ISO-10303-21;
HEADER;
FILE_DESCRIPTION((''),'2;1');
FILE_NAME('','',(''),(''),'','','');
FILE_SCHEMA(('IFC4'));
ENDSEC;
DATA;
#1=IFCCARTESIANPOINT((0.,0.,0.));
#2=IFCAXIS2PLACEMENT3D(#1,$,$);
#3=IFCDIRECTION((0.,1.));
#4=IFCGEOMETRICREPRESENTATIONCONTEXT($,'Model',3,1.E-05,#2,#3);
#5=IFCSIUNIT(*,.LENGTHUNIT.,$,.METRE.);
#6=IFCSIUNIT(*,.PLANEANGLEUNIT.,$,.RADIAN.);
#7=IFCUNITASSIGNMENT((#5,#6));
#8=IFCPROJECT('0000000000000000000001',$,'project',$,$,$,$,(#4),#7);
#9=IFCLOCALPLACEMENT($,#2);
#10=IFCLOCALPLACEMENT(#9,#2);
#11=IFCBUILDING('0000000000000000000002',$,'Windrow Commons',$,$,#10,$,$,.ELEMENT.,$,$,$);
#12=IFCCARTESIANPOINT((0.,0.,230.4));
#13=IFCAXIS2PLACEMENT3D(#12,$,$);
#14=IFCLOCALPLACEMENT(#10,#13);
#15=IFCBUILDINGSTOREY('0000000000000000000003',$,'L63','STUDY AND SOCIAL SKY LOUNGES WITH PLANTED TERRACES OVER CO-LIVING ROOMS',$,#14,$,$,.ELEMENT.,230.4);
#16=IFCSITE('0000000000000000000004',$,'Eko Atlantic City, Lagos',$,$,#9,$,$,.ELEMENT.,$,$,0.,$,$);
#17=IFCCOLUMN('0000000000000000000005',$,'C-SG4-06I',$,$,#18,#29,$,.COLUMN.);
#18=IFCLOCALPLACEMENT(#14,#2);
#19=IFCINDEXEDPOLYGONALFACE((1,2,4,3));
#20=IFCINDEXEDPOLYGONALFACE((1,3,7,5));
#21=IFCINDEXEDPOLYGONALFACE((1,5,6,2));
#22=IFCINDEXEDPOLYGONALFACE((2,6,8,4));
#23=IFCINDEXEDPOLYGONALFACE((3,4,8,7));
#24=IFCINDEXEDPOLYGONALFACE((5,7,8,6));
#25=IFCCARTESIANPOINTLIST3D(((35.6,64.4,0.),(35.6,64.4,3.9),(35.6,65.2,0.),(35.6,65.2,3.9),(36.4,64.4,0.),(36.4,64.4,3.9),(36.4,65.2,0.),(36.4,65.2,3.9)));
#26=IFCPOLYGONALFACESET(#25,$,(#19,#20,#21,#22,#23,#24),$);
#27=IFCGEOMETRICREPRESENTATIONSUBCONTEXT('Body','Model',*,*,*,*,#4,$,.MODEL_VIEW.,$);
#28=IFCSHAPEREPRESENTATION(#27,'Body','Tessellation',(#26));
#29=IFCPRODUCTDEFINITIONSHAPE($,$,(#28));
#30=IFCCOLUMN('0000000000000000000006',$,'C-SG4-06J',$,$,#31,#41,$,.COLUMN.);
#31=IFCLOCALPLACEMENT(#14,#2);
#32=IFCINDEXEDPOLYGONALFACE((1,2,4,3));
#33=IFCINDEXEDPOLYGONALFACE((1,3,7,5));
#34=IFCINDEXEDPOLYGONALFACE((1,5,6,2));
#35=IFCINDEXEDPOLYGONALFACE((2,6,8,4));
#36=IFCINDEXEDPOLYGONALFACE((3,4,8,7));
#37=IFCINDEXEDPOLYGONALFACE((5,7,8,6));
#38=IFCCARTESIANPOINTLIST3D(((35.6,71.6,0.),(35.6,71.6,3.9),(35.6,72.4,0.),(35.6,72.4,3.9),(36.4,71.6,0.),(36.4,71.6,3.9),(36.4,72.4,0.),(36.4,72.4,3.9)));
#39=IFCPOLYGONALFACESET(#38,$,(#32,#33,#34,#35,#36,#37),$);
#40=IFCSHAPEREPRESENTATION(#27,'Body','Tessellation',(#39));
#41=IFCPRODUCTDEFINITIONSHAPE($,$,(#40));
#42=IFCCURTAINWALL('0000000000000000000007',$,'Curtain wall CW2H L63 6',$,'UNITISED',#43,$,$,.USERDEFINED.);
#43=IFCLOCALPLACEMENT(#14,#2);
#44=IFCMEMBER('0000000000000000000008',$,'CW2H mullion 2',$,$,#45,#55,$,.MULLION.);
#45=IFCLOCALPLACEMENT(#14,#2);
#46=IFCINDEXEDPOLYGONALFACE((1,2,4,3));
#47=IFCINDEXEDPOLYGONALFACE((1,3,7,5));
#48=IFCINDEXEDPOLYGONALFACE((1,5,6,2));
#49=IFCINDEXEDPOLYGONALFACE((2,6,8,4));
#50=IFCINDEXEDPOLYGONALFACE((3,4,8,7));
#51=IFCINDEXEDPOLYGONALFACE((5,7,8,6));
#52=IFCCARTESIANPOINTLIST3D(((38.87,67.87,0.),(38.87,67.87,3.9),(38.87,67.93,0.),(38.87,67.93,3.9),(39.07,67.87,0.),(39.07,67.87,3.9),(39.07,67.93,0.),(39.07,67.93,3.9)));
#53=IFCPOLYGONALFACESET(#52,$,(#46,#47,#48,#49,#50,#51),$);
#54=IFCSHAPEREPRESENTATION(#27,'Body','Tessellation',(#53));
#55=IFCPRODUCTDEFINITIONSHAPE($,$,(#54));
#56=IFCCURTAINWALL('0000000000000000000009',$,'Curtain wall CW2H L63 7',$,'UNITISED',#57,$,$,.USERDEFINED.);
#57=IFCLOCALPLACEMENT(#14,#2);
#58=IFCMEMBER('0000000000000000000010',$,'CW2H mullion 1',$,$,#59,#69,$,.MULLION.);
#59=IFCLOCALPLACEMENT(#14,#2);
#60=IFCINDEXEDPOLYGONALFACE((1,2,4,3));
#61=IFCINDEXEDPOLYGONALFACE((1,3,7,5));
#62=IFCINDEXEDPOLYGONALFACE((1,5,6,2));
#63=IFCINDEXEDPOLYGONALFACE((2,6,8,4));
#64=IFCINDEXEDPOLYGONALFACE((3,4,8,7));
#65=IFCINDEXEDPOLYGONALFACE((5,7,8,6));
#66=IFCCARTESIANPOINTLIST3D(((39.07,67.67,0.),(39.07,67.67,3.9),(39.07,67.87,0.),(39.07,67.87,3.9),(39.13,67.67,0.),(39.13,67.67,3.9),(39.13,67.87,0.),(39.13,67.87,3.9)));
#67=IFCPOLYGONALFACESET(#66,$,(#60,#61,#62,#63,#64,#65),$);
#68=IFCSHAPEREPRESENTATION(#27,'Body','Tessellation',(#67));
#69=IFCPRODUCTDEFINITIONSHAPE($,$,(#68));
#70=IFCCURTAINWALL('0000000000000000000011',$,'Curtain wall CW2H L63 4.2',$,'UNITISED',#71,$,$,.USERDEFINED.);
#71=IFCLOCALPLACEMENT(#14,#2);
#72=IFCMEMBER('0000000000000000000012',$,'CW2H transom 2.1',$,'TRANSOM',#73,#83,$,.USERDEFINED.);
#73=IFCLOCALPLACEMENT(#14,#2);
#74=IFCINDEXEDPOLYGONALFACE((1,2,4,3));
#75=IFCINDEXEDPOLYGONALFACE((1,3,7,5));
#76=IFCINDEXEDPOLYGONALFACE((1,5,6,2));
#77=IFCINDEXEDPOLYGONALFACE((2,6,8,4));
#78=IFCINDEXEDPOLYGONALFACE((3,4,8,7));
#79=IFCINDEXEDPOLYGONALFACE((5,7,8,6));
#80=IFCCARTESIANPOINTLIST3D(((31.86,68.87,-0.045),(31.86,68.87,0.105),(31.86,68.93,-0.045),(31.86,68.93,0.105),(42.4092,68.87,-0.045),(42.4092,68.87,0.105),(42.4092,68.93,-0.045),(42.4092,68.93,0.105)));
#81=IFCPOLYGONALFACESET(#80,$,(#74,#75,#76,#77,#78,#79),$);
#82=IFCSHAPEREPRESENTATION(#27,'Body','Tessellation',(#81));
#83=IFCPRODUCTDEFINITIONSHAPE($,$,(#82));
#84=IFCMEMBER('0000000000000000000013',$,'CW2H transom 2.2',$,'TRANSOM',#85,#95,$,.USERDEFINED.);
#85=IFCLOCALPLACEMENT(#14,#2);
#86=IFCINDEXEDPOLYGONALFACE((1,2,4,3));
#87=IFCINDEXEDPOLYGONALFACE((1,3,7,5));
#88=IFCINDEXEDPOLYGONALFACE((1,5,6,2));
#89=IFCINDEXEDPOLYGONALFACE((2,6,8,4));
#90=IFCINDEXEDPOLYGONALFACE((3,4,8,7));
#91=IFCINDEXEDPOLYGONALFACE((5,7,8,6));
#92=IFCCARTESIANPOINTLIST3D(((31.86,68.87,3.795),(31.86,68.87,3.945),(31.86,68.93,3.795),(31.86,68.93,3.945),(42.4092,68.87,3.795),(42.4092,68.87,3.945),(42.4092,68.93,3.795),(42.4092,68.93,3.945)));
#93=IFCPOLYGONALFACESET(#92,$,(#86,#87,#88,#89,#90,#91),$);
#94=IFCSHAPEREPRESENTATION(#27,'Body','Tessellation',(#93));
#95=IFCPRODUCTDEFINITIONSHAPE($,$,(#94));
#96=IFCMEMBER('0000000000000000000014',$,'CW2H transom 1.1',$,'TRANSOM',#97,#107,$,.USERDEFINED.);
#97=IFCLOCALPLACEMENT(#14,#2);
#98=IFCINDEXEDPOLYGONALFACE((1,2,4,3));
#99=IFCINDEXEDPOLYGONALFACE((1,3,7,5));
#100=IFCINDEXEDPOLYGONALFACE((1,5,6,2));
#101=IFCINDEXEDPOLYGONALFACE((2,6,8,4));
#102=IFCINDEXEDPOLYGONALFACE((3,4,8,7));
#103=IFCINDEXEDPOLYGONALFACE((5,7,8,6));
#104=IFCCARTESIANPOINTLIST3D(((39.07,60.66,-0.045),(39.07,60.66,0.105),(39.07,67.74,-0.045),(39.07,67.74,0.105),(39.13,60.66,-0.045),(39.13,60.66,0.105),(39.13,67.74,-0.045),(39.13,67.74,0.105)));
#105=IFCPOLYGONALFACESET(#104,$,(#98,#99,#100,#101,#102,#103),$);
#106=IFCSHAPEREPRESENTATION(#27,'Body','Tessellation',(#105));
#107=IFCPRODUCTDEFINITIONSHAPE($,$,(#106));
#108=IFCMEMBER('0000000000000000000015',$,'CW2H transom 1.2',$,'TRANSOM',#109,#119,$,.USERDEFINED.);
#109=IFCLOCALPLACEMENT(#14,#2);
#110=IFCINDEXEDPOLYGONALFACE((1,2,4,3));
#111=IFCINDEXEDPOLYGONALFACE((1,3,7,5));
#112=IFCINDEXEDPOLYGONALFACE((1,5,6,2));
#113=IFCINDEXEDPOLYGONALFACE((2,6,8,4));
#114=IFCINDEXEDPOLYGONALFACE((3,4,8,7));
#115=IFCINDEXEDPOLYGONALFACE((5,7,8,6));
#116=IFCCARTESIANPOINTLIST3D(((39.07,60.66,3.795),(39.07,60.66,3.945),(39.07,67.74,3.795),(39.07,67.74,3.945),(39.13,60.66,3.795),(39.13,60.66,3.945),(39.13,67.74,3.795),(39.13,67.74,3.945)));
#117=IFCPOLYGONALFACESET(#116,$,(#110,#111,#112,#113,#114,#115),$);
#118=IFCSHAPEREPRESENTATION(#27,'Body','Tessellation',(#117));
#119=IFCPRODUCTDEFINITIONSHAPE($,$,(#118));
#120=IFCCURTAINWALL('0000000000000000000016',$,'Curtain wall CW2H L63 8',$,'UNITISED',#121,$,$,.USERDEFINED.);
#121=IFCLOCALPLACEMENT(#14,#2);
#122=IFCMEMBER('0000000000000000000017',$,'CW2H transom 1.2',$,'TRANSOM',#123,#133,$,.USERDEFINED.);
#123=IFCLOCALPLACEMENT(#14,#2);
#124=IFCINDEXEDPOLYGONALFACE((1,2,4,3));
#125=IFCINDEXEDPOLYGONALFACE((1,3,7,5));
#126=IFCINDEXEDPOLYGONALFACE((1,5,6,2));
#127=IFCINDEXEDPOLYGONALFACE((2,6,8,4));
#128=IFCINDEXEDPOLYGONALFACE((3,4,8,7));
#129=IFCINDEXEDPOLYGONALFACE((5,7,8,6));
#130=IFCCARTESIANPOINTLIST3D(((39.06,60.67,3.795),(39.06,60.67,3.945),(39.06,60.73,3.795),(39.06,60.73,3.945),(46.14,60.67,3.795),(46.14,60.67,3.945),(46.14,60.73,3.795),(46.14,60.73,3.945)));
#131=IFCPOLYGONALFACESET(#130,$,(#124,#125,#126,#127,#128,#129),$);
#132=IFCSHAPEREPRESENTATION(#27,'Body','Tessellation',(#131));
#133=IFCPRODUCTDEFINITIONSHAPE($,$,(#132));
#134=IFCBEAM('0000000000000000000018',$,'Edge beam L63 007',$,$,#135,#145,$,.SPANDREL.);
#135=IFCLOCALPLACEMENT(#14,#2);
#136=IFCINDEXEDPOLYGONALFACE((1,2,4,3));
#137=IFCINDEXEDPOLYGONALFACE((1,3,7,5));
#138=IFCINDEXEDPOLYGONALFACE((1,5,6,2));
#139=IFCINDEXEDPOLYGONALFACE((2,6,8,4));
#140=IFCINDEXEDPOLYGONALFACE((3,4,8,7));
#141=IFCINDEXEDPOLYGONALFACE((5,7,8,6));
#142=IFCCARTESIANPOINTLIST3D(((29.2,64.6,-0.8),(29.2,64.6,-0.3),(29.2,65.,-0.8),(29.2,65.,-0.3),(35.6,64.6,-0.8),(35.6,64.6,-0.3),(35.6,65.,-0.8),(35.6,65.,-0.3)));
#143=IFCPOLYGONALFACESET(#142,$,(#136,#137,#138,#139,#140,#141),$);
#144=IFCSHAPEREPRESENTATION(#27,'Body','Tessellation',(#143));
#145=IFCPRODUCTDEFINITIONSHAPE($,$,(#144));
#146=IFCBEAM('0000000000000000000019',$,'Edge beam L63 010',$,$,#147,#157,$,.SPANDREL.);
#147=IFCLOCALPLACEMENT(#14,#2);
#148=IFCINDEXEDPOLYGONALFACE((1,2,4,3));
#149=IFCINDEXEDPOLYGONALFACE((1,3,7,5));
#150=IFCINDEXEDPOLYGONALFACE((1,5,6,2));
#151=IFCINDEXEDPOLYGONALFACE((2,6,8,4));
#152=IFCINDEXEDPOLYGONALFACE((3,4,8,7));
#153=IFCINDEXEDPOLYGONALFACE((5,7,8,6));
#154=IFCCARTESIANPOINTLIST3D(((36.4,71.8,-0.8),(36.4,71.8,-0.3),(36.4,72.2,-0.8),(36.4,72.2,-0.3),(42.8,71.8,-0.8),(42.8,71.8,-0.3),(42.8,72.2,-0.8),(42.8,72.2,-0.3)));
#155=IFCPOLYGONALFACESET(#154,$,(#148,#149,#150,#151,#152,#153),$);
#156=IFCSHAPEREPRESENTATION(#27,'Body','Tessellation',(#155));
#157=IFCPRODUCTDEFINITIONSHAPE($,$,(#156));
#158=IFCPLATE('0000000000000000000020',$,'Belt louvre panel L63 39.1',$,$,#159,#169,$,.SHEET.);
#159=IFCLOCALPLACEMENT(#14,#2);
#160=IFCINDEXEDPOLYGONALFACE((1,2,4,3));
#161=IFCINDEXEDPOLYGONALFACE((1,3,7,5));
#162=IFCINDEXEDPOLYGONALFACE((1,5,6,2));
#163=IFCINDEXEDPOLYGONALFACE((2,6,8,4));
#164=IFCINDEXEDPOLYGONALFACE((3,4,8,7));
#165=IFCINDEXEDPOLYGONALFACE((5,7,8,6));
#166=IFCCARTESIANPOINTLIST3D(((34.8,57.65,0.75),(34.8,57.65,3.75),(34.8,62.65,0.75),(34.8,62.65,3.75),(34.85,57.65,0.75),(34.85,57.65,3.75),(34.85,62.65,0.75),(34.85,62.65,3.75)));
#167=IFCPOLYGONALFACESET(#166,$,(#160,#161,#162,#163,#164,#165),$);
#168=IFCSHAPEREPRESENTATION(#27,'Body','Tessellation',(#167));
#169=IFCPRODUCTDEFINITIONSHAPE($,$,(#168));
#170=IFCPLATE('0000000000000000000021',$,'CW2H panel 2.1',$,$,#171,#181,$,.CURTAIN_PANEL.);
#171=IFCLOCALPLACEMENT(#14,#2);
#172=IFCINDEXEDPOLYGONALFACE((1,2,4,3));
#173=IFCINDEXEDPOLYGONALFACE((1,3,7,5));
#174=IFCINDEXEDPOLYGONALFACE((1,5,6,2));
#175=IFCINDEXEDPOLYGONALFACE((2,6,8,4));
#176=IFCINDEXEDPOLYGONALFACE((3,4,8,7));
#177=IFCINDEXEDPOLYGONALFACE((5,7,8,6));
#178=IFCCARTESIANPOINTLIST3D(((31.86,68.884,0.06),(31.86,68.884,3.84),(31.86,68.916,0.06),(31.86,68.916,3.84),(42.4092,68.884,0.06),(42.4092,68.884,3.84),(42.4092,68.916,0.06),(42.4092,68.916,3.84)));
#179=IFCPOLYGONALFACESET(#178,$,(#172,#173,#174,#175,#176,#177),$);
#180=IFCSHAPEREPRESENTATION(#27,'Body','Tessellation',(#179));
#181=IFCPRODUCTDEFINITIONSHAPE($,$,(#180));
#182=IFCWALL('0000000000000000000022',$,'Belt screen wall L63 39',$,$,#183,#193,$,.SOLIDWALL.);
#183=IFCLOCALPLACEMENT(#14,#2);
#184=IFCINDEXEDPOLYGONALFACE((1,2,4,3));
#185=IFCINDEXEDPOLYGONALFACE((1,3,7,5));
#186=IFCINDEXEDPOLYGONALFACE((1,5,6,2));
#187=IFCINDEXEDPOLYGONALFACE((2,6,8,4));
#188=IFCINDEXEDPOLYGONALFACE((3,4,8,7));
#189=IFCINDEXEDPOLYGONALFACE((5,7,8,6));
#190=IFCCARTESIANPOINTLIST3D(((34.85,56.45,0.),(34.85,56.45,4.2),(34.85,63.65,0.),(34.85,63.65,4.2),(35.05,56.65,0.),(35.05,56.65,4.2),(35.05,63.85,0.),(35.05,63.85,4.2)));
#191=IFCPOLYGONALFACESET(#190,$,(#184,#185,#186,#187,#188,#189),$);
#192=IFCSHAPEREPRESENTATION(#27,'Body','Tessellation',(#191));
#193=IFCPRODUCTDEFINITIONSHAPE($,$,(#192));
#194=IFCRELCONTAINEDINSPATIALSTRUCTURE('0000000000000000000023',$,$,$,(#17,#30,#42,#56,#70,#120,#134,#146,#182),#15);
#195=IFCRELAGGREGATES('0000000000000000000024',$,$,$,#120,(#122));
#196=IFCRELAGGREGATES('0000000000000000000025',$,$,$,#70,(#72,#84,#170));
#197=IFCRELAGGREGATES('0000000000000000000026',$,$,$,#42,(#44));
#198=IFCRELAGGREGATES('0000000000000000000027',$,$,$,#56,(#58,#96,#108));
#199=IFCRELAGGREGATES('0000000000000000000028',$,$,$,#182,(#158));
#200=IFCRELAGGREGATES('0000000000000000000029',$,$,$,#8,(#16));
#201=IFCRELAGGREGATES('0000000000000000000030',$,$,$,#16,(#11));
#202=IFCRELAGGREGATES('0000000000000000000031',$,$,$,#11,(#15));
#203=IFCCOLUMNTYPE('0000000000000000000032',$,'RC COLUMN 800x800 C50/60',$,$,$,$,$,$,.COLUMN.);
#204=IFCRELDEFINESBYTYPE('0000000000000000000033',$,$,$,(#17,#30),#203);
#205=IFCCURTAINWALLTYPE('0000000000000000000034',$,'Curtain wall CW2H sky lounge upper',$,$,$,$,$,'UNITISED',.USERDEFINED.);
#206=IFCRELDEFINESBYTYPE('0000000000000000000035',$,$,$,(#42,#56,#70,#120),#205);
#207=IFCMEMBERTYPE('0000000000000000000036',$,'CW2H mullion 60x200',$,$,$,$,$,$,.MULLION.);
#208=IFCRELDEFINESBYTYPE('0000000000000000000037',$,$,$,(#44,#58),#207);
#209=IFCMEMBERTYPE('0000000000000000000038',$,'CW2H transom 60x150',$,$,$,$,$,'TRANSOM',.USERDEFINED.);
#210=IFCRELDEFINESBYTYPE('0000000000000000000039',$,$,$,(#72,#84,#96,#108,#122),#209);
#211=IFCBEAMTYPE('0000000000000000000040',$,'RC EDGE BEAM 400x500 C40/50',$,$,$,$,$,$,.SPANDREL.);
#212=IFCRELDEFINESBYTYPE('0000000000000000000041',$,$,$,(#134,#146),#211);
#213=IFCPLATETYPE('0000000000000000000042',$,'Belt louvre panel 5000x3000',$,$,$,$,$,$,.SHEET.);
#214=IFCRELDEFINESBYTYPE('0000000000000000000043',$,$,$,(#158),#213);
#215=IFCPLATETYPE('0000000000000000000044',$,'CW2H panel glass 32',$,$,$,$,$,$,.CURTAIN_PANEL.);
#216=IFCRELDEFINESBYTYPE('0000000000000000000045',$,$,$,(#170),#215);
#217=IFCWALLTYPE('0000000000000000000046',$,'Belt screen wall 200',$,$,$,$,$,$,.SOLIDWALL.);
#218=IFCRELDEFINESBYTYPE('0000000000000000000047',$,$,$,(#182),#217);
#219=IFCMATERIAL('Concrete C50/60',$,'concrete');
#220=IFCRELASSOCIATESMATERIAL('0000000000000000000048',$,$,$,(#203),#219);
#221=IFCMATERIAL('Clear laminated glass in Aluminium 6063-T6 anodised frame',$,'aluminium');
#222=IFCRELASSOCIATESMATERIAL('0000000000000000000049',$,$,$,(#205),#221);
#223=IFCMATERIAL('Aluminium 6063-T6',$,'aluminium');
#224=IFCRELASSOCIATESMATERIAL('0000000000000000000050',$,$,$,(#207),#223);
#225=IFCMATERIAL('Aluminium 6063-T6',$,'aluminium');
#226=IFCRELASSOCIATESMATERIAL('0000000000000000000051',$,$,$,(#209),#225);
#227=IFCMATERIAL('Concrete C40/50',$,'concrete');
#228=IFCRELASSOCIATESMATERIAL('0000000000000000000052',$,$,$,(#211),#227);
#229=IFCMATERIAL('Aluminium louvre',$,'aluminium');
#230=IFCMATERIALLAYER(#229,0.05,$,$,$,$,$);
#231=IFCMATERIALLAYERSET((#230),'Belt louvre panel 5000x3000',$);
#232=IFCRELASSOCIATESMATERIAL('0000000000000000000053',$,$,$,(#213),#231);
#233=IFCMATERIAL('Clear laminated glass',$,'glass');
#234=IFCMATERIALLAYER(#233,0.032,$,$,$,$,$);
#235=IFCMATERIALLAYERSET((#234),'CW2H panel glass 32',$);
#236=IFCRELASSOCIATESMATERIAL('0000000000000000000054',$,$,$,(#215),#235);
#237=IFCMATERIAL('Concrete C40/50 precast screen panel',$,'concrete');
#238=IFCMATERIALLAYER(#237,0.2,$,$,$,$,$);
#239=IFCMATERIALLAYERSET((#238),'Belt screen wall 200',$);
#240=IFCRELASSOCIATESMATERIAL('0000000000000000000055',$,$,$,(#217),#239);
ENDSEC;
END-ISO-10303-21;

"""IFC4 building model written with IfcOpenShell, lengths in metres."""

from ifc_helpers import new_model, si_unit, direction, frame, origin, origin_2d, place, context, subcontext, project, spatial, polyline, rectangle, outline, extrude, material, layer, layer_set, material_profile, profile_set, type_object, element, aggregate, save


model = new_model("IFC4")

# Units and contexts
model_context = context("Model", 3, precision=1e-05, world=origin(), true_north=direction((0.0, 1.0)))
body_context = subcontext(model_context, "Body", "Model", "MODEL_VIEW")
ifc_project = project(units=[si_unit("LENGTHUNIT", "METRE"), si_unit("PLANEANGLEUNIT", "RADIAN")], contexts=[model_context])

# Site, building, storey
site_placement = place(None, origin())
site = spatial("IfcSite", under=ifc_project, at=site_placement, Name="Eko Atlantic City, Lagos", CompositionType="ELEMENT", RefElevation=0.0)
building_placement = place(site_placement, origin())
building = spatial("IfcBuilding", under=site, at=building_placement, Name="Windrow Commons", CompositionType="ELEMENT")
storey_placement = place(building_placement, frame((0.0, 0.0, 230.4)))
storey = spatial("IfcBuildingStorey", under=building, at=storey_placement, Name="L63", Description="STUDY AND SOCIAL SKY LOUNGES WITH PLANTED TERRACES OVER CO-LIVING ROOMS", CompositionType="ELEMENT", Elevation=230.4)

# Columns
ifc_material_1 = material(Name="Concrete C50/60", Category="concrete")
ifc_material_profile_1 = material_profile(ifc_material_1, rectangle(XDim=0.8, YDim=0.8, at=origin_2d()))
ifc_profile_set_1 = profile_set([ifc_material_profile_1], Name="Concrete C50/60")
column_type = type_object("IfcColumnType", Name="RC COLUMN 800x800 C50/60", PredefinedType="COLUMN", material=ifc_profile_set_1)
for number, where, z_axis, x_axis, name in (
    (1, (36.0, 64.8, 0.0), (0.0, 0.0, 1.0), (1.0, 0.0, 0.0), "C-SG4-06I"),
    (2, (36.0, 72.0, 0.0), (0.0, 0.0, 1.0), (1.0, 0.0, 0.0), "C-SG4-06J"),
):
    element("IfcColumn", number, at=place(storey_placement, frame(where, z_axis=z_axis, x_axis=x_axis)), inside=storey, type_object=column_type, Name=name, PredefinedType="COLUMN", context=body_context, shape_type="SweptSolid", body=[
        extrude(rectangle(XDim=0.8, YDim=0.8, at=origin_2d()), origin(), (0.0, 0.0, 1.0), 3.9),
    ])

# Curtain walls, members
ifc_material_2 = material(Name="Clear laminated glass in Aluminium 6063-T6 anodised frame", Category="aluminium")
curtain_wall_type = type_object("IfcCurtainWallType", Name="Curtain wall CW2H sky lounge upper", ElementType="UNITISED", PredefinedType="USERDEFINED", material=ifc_material_2)
placement = place(storey_placement, origin())
curtain_wall_1 = element("IfcCurtainWall", 3, at=placement, inside=storey, type_object=curtain_wall_type, Name="Curtain wall CW2H L63 6", ObjectType="UNITISED", PredefinedType="USERDEFINED")
ifc_material_3 = material(Name="Aluminium 6063-T6", Category="aluminium")
ifc_material_profile_2 = material_profile(ifc_material_3, rectangle(XDim=0.06, YDim=0.2, at=origin_2d()))
ifc_profile_set_2 = profile_set([ifc_material_profile_2], Name="Aluminium 6063-T6")
member_type_1 = type_object("IfcMemberType", Name="CW2H mullion 60x200", PredefinedType="MULLION", material=ifc_profile_set_2)
member_1_placement = place(storey_placement, frame((38.97, 67.9, 0.0), z_axis=(0.0, 0.0, 1.0), x_axis=(0.0, 1.0, 0.0)))
member_1 = element("IfcMember", 4, at=member_1_placement, type_object=member_type_1, Name="CW2H mullion 2", PredefinedType="MULLION", context=body_context, shape_type="SweptSolid", body=[
    extrude(rectangle(XDim=0.06, YDim=0.2, at=origin_2d()), origin(), (0.0, 0.0, 1.0), 3.9),
])
curtain_wall_2 = element("IfcCurtainWall", 5, at=placement, inside=storey, type_object=curtain_wall_type, Name="Curtain wall CW2H L63 7", ObjectType="UNITISED", PredefinedType="USERDEFINED")
member_2_placement = place(storey_placement, frame((39.1, 67.77, 0.0), z_axis=(0.0, 0.0, 1.0), x_axis=(1.0, 0.0, 0.0)))
member_2 = element("IfcMember", 6, at=member_2_placement, type_object=member_type_1, Name="CW2H mullion 1", PredefinedType="MULLION", context=body_context, shape_type="SweptSolid", body=[
    extrude(rectangle(XDim=0.06, YDim=0.2, at=origin_2d()), origin(), (0.0, 0.0, 1.0), 3.9),
])

# Curtain wall, members
curtain_wall_3 = element("IfcCurtainWall", 7, at=placement, inside=storey, type_object=curtain_wall_type, Name="Curtain wall CW2H L63 4.2", ObjectType="UNITISED", PredefinedType="USERDEFINED")
ifc_material_4 = material(Name="Aluminium 6063-T6", Category="aluminium")
ifc_material_profile_3 = material_profile(ifc_material_4, rectangle(XDim=0.06, YDim=0.15, at=origin_2d()))
ifc_profile_set_3 = profile_set([ifc_material_profile_3], Name="Aluminium 6063-T6")
member_type_2 = type_object("IfcMemberType", Name="CW2H transom 60x150", ElementType="TRANSOM", PredefinedType="USERDEFINED", material=ifc_profile_set_3)
member_3_placement = place(storey_placement, frame((42.4092, 68.9, 0.03), z_axis=(-1.0, 0.0, 0.0), x_axis=(0.0, -1.0, 0.0)))
member_3 = element("IfcMember", 8, at=member_3_placement, type_object=member_type_2, Name="CW2H transom 2.1", ObjectType="TRANSOM", PredefinedType="USERDEFINED", context=body_context, shape_type="SweptSolid", body=[
    extrude(rectangle(XDim=0.06, YDim=0.15, at=origin_2d()), origin(), (0.0, 0.0, 1.0), 10.5492),
])
member_4_placement = place(storey_placement, frame((42.4092, 68.9, 3.87), z_axis=(-1.0, 0.0, 0.0), x_axis=(0.0, -1.0, 0.0)))
member_4 = element("IfcMember", 9, at=member_4_placement, type_object=member_type_2, Name="CW2H transom 2.2", ObjectType="TRANSOM", PredefinedType="USERDEFINED", context=body_context, shape_type="SweptSolid", body=[
    extrude(rectangle(XDim=0.06, YDim=0.15, at=origin_2d()), origin(), (0.0, 0.0, 1.0), 10.5492),
])

# Members
member_5_placement = place(storey_placement, frame((39.1, 67.74, 0.03), z_axis=(0.0, -1.0, 0.0), x_axis=(1.0, 0.0, 0.0)))
member_5 = element("IfcMember", 10, at=member_5_placement, type_object=member_type_2, Name="CW2H transom 1.1", ObjectType="TRANSOM", PredefinedType="USERDEFINED", context=body_context, shape_type="SweptSolid", body=[
    extrude(rectangle(XDim=0.06, YDim=0.15, at=origin_2d()), origin(), (0.0, 0.0, 1.0), 7.08),
])
member_6_placement = place(storey_placement, frame((39.1, 67.74, 3.87), z_axis=(0.0, -1.0, 0.0), x_axis=(1.0, 0.0, 0.0)))
member_6 = element("IfcMember", 11, at=member_6_placement, type_object=member_type_2, Name="CW2H transom 1.2", ObjectType="TRANSOM", PredefinedType="USERDEFINED", context=body_context, shape_type="SweptSolid", body=[
    extrude(rectangle(XDim=0.06, YDim=0.15, at=origin_2d()), origin(), (0.0, 0.0, 1.0), 7.08),
])

# Curtain wall, member
curtain_wall_4 = element("IfcCurtainWall", 12, at=placement, inside=storey, type_object=curtain_wall_type, Name="Curtain wall CW2H L63 8", ObjectType="UNITISED", PredefinedType="USERDEFINED")
member_7_placement = place(storey_placement, frame((39.06, 60.7, 3.87), z_axis=(1.0, 0.0, 0.0), x_axis=(0.0, 1.0, 0.0)))
member_7 = element("IfcMember", 13, at=member_7_placement, type_object=member_type_2, Name="CW2H transom 1.2", ObjectType="TRANSOM", PredefinedType="USERDEFINED", context=body_context, shape_type="SweptSolid", body=[
    extrude(rectangle(XDim=0.06, YDim=0.15, at=origin_2d()), origin(), (0.0, 0.0, 1.0), 7.08),
])
aggregate(curtain_wall_4, [member_7])

# Beams
ifc_material_5 = material(Name="Concrete C40/50", Category="concrete")
ifc_material_profile_4 = material_profile(ifc_material_5, rectangle(XDim=0.4, YDim=0.5, at=origin_2d()))
ifc_profile_set_4 = profile_set([ifc_material_profile_4], Name="Concrete C40/50")
beam_type = type_object("IfcBeamType", Name="RC EDGE BEAM 400x500 C40/50", PredefinedType="SPANDREL", material=ifc_profile_set_4)
for number, where, z_axis, x_axis, name in (
    (14, (35.6, 64.8, -0.55), (-1.0, 0.0, 0.0), (0.0, -1.0, 0.0), "Edge beam L63 007"),
    (15, (36.4, 72.0, -0.55), (1.0, 0.0, 0.0), (0.0, 1.0, 0.0), "Edge beam L63 010"),
):
    element("IfcBeam", number, at=place(storey_placement, frame(where, z_axis=z_axis, x_axis=x_axis)), inside=storey, type_object=beam_type, Name=name, PredefinedType="SPANDREL", context=body_context, shape_type="SweptSolid", body=[
        extrude(rectangle(XDim=0.4, YDim=0.5, at=origin_2d()), origin(), (0.0, 0.0, 1.0), 6.4),
    ])

# Plates
ifc_material_6 = material(Name="Aluminium louvre", Category="aluminium")
ifc_layer_1 = layer(ifc_material_6, 0.05)
ifc_layer_set_1 = layer_set([ifc_layer_1], Name="Belt louvre panel 5000x3000")
plate_type_1 = type_object("IfcPlateType", Name="Belt louvre panel 5000x3000", PredefinedType="SHEET", material=ifc_layer_set_1)
plate_1_placement = place(storey_placement, frame((34.8, 62.65, 0.75), z_axis=(-1.0, 0.0, 0.0), x_axis=(0.0, -1.0, 0.0)))
plate_1 = element("IfcPlate", 16, at=plate_1_placement, type_object=plate_type_1, Name="Belt louvre panel L63 39.1", PredefinedType="SHEET", context=body_context, shape_type="SweptSolid", body=[
    extrude(outline(polyline([(0.0, 0.0), (5.0, 0.0), (5.0, 3.0), (0.0, 3.0), (0.0, 0.0)])), origin(), (0.0, 0.0, -1.0), 0.05),
])
ifc_material_7 = material(Name="Clear laminated glass", Category="glass")
ifc_layer_2 = layer(ifc_material_7, 0.032)
ifc_layer_set_2 = layer_set([ifc_layer_2], Name="CW2H panel glass 32")
plate_type_2 = type_object("IfcPlateType", Name="CW2H panel glass 32", PredefinedType="CURTAIN_PANEL", material=ifc_layer_set_2)
plate_2_placement = place(storey_placement, frame((37.1346, 68.9, 0.06), z_axis=(0.0, 0.0, 1.0), x_axis=(-1.0, 0.0, 0.0)))
plate_2 = element("IfcPlate", 17, at=plate_2_placement, type_object=plate_type_2, Name="CW2H panel 2.1", PredefinedType="CURTAIN_PANEL", context=body_context, shape_type="SweptSolid", body=[
    extrude(rectangle(XDim=10.5492, YDim=0.032, at=origin_2d()), origin(), (0.0, 0.0, 1.0), 3.78),
])
aggregate(curtain_wall_3, [member_3, member_4, plate_2])
aggregate(curtain_wall_1, [member_1])
aggregate(curtain_wall_2, [member_2, member_5, member_6])

# Wall
ifc_material_8 = material(Name="Concrete C40/50 precast screen panel", Category="concrete")
ifc_layer_3 = layer(ifc_material_8, 0.2)
ifc_layer_set_3 = layer_set([ifc_layer_3], Name="Belt screen wall 200")
wall_type_1 = type_object("IfcWallType", Name="Belt screen wall 200", PredefinedType="SOLIDWALL", material=ifc_layer_set_3)
wall_1_placement = place(storey_placement, frame((34.95, 63.75, 0.0), z_axis=(0.0, 0.0, 1.0), x_axis=(0.0, -1.0, 0.0)))
wall_1 = element("IfcWall", 18, at=wall_1_placement, inside=storey, type_object=wall_type_1, Name="Belt screen wall L63 39", PredefinedType="SOLIDWALL", context=body_context, shape_type="SweptSolid", body=[
    extrude(outline(polyline([(0.1, -0.1), (7.3, -0.1), (7.1, 0.1), (-0.1, 0.1), (0.1, -0.1)])), origin(), (0.0, 0.0, 1.0), 4.2),
])
aggregate(wall_1, [plate_1])

save(model, "model.ifc")
